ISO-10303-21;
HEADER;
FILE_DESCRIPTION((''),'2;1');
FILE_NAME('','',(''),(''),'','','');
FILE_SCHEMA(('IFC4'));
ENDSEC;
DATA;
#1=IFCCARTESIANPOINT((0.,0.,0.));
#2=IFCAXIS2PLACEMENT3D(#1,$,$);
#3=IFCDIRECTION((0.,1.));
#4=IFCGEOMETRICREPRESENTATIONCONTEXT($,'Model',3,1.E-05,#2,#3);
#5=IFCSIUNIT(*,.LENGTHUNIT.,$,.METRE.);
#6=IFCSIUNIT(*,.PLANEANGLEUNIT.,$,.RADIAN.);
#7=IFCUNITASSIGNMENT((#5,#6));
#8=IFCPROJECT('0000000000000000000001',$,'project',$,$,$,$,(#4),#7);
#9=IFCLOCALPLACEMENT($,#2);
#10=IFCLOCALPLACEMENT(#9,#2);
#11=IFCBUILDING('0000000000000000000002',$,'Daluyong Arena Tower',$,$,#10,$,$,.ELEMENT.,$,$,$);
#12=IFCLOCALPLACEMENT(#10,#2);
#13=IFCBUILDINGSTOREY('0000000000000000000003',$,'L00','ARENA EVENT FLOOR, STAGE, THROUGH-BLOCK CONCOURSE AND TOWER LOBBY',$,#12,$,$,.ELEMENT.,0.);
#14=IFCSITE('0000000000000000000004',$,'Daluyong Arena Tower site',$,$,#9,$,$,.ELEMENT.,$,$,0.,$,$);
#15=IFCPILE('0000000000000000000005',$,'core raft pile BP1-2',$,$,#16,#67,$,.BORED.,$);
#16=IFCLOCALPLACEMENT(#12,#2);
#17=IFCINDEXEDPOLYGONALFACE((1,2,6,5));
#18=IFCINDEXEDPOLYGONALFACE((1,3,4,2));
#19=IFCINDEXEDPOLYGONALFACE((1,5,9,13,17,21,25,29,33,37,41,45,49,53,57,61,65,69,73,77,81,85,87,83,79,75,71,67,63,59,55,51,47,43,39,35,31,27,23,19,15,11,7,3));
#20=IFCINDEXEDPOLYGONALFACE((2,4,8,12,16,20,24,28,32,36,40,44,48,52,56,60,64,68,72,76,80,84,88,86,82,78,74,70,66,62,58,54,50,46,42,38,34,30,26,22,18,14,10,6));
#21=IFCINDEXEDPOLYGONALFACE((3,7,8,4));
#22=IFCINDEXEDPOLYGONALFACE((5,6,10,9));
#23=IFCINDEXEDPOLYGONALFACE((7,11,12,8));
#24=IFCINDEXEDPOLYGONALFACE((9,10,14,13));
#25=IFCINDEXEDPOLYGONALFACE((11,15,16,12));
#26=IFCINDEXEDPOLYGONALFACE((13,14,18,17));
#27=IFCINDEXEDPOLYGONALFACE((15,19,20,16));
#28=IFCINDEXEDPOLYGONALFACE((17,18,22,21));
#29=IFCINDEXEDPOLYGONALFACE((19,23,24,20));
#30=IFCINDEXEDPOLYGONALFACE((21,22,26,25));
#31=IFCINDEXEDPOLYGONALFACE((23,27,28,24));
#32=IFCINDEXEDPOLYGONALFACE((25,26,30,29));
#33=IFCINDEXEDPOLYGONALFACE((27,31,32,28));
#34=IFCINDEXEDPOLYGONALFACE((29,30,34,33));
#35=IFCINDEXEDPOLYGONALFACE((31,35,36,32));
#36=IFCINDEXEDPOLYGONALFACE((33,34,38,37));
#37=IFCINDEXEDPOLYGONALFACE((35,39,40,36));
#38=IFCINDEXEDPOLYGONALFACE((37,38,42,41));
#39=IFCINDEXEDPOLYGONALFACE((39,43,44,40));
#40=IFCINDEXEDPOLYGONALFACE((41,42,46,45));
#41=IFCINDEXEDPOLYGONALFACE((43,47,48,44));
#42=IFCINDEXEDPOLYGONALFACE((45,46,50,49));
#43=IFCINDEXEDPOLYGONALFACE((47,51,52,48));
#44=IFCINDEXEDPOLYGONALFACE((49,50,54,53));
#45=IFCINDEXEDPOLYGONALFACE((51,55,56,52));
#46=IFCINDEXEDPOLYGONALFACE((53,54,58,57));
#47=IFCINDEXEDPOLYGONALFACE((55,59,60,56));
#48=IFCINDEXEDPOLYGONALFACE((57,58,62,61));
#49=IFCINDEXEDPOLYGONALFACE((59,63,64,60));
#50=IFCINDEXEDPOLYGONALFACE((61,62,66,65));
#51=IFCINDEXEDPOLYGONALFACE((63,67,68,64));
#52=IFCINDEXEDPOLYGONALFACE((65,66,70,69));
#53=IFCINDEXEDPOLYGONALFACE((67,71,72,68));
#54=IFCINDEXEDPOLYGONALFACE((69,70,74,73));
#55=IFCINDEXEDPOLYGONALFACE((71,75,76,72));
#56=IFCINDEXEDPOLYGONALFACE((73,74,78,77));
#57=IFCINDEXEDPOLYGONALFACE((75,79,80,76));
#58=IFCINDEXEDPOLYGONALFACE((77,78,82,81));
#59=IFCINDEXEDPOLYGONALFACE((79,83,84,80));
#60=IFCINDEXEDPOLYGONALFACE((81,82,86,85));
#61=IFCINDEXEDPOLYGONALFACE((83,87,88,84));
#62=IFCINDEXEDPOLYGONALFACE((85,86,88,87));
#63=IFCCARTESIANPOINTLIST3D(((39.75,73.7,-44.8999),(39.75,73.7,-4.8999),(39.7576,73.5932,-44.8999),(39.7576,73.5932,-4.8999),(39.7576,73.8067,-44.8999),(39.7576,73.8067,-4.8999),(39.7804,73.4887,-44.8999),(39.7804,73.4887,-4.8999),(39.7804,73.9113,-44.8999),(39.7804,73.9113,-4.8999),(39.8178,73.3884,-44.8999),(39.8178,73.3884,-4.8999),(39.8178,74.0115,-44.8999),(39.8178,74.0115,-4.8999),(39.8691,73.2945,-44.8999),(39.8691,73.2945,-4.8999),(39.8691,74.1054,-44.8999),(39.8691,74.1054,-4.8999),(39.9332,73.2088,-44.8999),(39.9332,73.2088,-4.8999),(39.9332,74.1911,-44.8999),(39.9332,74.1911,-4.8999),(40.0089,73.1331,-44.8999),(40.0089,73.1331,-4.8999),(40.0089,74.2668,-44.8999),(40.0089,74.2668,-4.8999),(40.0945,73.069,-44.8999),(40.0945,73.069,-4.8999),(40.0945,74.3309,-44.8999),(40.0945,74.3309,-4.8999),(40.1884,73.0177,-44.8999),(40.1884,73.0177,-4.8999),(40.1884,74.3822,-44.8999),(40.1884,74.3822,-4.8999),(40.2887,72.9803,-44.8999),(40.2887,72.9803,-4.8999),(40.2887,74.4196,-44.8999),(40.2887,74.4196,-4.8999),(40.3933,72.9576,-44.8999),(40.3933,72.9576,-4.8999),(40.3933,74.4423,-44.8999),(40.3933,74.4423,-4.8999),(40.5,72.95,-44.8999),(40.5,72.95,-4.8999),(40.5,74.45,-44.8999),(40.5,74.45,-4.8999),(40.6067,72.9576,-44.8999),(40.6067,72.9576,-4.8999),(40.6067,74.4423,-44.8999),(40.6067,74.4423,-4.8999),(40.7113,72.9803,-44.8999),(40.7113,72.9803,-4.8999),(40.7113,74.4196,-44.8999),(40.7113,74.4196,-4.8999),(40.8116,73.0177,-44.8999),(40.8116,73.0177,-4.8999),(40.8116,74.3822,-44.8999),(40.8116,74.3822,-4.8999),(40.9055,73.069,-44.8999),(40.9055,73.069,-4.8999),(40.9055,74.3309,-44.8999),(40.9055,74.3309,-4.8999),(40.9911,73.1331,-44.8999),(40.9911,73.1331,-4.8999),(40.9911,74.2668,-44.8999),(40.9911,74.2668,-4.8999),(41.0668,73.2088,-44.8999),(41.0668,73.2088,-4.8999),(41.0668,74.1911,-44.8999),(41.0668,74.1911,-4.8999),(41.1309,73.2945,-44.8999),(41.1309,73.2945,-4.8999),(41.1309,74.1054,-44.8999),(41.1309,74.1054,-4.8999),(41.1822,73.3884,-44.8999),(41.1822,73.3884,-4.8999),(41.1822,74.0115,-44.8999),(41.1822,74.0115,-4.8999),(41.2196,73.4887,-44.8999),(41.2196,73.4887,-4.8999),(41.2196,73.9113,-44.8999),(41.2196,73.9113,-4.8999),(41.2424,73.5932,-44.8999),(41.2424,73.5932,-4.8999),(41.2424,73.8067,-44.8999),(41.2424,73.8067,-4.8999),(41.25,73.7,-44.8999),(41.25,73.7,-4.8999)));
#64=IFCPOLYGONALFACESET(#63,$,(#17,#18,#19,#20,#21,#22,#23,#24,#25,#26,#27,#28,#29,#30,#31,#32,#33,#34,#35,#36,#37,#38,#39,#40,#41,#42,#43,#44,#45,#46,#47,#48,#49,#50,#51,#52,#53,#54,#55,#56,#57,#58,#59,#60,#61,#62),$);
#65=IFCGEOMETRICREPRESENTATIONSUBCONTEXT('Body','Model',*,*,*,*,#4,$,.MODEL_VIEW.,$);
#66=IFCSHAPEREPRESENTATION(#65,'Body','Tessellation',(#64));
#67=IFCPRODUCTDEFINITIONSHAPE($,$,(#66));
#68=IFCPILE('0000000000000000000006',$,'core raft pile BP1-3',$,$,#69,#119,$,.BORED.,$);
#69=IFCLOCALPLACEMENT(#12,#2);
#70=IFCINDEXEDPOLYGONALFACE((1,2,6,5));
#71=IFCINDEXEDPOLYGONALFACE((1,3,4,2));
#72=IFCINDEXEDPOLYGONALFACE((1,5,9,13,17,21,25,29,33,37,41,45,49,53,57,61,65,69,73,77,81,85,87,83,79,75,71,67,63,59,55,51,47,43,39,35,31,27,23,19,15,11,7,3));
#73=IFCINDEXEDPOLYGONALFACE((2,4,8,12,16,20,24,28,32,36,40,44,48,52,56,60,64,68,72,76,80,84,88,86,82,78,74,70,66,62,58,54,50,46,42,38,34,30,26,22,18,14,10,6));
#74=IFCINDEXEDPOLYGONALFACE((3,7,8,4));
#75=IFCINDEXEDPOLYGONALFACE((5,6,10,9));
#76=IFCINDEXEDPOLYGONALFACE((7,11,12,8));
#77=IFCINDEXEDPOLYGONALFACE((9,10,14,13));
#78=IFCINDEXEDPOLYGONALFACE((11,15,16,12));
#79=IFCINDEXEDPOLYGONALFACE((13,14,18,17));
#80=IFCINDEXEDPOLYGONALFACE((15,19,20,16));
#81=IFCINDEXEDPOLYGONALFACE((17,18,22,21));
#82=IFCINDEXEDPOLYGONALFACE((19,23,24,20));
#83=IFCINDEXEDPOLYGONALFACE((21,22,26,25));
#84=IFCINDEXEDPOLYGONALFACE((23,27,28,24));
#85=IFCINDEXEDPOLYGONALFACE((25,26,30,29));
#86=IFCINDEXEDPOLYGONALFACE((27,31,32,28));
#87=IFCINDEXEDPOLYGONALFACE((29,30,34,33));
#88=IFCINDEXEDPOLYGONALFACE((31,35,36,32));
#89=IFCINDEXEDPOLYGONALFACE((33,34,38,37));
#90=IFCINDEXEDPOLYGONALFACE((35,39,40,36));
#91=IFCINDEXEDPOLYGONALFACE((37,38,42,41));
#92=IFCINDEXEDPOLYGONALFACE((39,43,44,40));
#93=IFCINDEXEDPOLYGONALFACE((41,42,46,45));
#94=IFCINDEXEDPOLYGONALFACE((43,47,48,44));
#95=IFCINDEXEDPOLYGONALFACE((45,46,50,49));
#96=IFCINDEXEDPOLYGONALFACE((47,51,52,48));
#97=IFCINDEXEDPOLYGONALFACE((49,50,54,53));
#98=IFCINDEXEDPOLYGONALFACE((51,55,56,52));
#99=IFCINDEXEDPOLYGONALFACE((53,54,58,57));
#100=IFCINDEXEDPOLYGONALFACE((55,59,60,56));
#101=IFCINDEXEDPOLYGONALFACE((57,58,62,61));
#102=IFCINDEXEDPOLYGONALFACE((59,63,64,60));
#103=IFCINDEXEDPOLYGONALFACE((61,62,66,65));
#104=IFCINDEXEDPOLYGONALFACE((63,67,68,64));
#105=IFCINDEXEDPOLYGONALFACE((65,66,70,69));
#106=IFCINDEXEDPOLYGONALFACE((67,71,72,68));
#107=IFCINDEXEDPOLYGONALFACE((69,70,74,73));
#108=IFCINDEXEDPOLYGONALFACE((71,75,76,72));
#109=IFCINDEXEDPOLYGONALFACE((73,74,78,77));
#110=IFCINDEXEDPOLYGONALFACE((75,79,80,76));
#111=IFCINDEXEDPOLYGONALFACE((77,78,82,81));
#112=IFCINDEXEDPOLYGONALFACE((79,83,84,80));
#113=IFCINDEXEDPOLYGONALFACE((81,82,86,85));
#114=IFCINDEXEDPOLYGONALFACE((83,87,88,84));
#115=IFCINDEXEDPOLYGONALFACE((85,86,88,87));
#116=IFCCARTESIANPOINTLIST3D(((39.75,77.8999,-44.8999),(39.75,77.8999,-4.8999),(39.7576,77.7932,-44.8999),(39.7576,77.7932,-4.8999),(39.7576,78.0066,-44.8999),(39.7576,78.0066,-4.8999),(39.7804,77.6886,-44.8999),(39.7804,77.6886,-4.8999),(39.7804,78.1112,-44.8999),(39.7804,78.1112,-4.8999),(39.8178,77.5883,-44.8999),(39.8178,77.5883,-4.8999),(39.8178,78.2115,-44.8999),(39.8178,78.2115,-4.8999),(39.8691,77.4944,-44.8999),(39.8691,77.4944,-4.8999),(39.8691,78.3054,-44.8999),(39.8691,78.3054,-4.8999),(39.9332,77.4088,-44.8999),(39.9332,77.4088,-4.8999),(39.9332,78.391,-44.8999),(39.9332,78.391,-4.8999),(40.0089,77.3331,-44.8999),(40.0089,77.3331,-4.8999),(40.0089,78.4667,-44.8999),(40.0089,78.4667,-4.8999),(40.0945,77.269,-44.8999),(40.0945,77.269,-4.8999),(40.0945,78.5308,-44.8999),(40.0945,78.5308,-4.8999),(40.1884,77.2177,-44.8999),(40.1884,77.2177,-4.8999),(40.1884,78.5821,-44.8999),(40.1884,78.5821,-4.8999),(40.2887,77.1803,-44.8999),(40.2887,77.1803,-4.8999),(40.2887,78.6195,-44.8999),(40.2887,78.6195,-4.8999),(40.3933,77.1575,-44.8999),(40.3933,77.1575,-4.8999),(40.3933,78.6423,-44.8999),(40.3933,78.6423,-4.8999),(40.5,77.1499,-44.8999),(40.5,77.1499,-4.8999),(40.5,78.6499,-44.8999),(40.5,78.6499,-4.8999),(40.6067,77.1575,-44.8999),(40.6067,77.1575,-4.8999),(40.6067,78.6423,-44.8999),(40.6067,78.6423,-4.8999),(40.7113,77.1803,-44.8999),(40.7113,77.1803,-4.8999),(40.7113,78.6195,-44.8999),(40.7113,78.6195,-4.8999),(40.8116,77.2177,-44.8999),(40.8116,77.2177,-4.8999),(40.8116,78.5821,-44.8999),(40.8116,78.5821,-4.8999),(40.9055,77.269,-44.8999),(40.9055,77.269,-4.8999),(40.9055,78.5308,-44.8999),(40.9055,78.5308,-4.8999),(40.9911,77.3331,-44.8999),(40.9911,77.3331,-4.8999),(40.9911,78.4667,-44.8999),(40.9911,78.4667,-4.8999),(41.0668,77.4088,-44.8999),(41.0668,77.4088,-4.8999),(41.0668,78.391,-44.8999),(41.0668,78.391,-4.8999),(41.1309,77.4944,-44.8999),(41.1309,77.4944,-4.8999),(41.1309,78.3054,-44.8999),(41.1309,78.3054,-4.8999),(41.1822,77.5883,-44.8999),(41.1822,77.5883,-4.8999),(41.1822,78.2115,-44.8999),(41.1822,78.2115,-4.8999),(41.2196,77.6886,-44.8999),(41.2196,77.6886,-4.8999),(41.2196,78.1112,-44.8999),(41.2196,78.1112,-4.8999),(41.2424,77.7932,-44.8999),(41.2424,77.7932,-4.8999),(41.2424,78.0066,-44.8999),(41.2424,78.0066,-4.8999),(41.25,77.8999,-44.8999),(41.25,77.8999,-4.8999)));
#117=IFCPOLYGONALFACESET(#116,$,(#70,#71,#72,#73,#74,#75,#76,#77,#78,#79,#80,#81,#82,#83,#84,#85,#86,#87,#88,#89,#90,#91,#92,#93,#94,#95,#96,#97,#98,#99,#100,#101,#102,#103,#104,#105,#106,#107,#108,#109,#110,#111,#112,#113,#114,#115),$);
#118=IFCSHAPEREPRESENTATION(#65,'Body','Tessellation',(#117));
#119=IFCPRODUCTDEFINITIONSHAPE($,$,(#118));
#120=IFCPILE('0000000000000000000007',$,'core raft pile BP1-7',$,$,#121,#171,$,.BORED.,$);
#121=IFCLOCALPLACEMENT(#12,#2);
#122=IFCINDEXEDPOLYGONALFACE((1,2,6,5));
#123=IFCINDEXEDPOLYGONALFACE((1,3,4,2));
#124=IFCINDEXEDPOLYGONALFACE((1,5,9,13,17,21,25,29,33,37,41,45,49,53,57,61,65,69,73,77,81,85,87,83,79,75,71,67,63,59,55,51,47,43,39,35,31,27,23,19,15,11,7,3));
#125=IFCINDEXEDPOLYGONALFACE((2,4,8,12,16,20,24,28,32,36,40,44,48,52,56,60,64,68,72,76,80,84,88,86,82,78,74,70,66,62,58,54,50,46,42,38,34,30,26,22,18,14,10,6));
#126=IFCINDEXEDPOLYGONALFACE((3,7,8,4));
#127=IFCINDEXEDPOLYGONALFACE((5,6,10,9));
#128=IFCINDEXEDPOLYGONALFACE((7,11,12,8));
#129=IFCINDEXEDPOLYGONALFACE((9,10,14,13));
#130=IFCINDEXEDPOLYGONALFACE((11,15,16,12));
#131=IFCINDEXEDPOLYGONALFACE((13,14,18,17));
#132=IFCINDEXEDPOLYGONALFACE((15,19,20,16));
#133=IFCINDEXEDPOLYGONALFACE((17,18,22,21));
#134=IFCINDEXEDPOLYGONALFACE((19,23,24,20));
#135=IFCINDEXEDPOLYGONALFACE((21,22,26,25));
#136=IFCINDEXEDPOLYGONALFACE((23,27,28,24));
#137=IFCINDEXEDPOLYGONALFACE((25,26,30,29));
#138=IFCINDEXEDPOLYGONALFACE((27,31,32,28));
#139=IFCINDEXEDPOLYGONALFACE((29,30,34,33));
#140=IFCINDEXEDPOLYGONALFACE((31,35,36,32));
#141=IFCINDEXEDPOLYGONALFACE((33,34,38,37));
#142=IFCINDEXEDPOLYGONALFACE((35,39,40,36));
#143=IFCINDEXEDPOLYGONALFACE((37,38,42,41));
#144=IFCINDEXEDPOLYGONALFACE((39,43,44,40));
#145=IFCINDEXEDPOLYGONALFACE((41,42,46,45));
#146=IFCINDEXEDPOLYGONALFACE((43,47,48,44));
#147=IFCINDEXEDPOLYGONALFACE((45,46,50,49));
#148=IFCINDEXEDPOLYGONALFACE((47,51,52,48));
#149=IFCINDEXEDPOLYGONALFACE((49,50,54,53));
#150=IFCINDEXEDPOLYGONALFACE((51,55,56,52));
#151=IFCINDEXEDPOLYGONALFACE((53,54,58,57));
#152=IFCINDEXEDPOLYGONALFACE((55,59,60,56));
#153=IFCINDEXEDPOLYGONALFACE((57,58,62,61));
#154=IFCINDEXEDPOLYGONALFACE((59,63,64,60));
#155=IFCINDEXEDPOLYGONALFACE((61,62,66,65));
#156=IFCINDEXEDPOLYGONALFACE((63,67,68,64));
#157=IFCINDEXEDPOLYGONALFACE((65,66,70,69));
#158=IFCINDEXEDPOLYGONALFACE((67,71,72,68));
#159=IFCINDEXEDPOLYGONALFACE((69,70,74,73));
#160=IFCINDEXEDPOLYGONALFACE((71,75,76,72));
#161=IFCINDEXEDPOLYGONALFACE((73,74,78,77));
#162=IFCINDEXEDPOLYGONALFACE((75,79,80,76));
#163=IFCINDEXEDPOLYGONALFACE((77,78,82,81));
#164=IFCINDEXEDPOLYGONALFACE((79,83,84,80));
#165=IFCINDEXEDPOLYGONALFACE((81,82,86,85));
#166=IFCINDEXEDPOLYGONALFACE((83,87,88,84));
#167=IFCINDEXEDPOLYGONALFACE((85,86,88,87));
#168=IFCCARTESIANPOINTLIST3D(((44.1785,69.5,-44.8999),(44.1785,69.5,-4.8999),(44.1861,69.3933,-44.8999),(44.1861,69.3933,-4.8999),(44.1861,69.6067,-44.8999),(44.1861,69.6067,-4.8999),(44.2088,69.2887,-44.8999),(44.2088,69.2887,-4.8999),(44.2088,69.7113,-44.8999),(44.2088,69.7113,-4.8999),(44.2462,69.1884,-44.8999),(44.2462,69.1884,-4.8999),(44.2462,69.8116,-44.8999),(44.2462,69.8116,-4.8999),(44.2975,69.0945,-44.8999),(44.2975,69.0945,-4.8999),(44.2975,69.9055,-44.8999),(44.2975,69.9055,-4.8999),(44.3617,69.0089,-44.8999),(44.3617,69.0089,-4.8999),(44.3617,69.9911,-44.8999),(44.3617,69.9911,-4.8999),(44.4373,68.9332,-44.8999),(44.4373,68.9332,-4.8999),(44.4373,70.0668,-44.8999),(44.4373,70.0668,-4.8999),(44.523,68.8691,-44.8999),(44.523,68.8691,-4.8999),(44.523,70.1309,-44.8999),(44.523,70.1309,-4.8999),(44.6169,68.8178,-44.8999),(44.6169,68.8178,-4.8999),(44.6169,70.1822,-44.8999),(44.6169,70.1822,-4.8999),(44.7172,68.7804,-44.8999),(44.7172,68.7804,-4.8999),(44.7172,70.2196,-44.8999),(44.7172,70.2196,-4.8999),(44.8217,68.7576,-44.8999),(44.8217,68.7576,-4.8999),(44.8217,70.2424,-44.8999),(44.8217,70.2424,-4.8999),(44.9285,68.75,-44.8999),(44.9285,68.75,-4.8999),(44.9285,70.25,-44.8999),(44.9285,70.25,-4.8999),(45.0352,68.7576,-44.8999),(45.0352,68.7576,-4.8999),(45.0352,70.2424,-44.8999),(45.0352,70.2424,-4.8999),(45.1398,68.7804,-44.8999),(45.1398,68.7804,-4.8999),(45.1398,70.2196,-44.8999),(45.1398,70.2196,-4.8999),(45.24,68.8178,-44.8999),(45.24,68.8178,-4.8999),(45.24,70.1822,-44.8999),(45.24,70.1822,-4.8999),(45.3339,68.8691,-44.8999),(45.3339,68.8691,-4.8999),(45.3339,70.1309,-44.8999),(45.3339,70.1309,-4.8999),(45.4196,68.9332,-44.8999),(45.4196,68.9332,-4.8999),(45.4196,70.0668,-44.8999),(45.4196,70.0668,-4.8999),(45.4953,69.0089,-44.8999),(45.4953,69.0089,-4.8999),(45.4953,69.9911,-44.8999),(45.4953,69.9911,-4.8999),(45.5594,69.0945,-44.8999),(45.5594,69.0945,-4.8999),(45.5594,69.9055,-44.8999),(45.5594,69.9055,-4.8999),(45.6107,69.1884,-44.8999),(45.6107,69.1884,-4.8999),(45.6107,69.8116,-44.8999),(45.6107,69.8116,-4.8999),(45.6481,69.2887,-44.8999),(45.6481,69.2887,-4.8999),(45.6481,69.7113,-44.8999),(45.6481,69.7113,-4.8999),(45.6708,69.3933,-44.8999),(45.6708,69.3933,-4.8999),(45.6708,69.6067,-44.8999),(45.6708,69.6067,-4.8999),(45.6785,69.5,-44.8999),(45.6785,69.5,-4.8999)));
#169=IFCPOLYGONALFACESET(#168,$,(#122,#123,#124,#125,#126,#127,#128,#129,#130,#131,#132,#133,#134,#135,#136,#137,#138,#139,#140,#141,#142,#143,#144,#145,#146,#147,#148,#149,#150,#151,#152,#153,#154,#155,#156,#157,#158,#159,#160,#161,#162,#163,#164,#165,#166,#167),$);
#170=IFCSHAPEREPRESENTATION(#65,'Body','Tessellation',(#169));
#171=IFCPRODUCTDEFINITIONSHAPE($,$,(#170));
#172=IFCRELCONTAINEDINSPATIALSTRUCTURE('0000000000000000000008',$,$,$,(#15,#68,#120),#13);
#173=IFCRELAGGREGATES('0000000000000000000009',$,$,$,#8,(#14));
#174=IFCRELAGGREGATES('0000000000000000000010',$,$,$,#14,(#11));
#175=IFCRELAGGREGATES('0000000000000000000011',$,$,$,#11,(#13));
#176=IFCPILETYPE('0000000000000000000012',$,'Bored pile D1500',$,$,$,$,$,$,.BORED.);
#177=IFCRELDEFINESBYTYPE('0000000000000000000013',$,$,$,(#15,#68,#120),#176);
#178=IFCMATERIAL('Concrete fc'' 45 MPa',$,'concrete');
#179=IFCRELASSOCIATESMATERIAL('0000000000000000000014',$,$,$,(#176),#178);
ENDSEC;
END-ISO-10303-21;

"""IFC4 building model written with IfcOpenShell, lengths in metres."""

from ifc_helpers import new_model, si_unit, direction, frame, origin, origin_2d, place, context, subcontext, project, spatial, circle, extrude, material, type_object, element, save


model = new_model("IFC4")

# Units and contexts
model_context = context("Model", 3, precision=1e-05, world=origin(), true_north=direction((0.0, 1.0)))
body_context = subcontext(model_context, "Body", "Model", "MODEL_VIEW")
ifc_project = project(units=[si_unit("LENGTHUNIT", "METRE"), si_unit("PLANEANGLEUNIT", "RADIAN")], contexts=[model_context])

# Site, building, storey
site_placement = place(None, origin())
site = spatial("IfcSite", under=ifc_project, at=site_placement, Name="Daluyong Arena Tower site", CompositionType="ELEMENT", RefElevation=0.0)
building_placement = place(site_placement, origin())
building = spatial("IfcBuilding", under=site, at=building_placement, Name="Daluyong Arena Tower", CompositionType="ELEMENT")
storey_placement = place(building_placement, origin())
storey = spatial("IfcBuildingStorey", under=building, at=storey_placement, Name="L00", Description="ARENA EVENT FLOOR, STAGE, THROUGH-BLOCK CONCOURSE AND TOWER LOBBY", CompositionType="ELEMENT", Elevation=0.0)

# Piles
ifc_material_1 = material(Name="Concrete fc' 45 MPa", Category="concrete")
pile_type = type_object("IfcPileType", Name="Bored pile D1500", PredefinedType="BORED", material=ifc_material_1)
for number, where, z_axis, x_axis, name in (
    (1, (40.5, 73.7, -4.8999), (0.0, 0.0, -1.0), (1.0, 0.0, 0.0), "core raft pile BP1-2"),
    (2, (40.5, 77.8999, -4.8999), (0.0, 0.0, -1.0), (1.0, 0.0, 0.0), "core raft pile BP1-3"),
    (3, (44.9285, 69.5, -4.8999), (0.0, 0.0, -1.0), (1.0, 0.0, 0.0), "core raft pile BP1-7"),
):
    element("IfcPile", number, at=place(storey_placement, frame(where, z_axis=z_axis, x_axis=x_axis)), inside=storey, type_object=pile_type, Name=name, PredefinedType="BORED", context=body_context, shape_type="SweptSolid", body=[
        extrude(circle(Radius=0.75, at=origin_2d()), origin(), (0.0, 0.0, 1.0), 40.0),
    ])

save(model, "model.ifc")
